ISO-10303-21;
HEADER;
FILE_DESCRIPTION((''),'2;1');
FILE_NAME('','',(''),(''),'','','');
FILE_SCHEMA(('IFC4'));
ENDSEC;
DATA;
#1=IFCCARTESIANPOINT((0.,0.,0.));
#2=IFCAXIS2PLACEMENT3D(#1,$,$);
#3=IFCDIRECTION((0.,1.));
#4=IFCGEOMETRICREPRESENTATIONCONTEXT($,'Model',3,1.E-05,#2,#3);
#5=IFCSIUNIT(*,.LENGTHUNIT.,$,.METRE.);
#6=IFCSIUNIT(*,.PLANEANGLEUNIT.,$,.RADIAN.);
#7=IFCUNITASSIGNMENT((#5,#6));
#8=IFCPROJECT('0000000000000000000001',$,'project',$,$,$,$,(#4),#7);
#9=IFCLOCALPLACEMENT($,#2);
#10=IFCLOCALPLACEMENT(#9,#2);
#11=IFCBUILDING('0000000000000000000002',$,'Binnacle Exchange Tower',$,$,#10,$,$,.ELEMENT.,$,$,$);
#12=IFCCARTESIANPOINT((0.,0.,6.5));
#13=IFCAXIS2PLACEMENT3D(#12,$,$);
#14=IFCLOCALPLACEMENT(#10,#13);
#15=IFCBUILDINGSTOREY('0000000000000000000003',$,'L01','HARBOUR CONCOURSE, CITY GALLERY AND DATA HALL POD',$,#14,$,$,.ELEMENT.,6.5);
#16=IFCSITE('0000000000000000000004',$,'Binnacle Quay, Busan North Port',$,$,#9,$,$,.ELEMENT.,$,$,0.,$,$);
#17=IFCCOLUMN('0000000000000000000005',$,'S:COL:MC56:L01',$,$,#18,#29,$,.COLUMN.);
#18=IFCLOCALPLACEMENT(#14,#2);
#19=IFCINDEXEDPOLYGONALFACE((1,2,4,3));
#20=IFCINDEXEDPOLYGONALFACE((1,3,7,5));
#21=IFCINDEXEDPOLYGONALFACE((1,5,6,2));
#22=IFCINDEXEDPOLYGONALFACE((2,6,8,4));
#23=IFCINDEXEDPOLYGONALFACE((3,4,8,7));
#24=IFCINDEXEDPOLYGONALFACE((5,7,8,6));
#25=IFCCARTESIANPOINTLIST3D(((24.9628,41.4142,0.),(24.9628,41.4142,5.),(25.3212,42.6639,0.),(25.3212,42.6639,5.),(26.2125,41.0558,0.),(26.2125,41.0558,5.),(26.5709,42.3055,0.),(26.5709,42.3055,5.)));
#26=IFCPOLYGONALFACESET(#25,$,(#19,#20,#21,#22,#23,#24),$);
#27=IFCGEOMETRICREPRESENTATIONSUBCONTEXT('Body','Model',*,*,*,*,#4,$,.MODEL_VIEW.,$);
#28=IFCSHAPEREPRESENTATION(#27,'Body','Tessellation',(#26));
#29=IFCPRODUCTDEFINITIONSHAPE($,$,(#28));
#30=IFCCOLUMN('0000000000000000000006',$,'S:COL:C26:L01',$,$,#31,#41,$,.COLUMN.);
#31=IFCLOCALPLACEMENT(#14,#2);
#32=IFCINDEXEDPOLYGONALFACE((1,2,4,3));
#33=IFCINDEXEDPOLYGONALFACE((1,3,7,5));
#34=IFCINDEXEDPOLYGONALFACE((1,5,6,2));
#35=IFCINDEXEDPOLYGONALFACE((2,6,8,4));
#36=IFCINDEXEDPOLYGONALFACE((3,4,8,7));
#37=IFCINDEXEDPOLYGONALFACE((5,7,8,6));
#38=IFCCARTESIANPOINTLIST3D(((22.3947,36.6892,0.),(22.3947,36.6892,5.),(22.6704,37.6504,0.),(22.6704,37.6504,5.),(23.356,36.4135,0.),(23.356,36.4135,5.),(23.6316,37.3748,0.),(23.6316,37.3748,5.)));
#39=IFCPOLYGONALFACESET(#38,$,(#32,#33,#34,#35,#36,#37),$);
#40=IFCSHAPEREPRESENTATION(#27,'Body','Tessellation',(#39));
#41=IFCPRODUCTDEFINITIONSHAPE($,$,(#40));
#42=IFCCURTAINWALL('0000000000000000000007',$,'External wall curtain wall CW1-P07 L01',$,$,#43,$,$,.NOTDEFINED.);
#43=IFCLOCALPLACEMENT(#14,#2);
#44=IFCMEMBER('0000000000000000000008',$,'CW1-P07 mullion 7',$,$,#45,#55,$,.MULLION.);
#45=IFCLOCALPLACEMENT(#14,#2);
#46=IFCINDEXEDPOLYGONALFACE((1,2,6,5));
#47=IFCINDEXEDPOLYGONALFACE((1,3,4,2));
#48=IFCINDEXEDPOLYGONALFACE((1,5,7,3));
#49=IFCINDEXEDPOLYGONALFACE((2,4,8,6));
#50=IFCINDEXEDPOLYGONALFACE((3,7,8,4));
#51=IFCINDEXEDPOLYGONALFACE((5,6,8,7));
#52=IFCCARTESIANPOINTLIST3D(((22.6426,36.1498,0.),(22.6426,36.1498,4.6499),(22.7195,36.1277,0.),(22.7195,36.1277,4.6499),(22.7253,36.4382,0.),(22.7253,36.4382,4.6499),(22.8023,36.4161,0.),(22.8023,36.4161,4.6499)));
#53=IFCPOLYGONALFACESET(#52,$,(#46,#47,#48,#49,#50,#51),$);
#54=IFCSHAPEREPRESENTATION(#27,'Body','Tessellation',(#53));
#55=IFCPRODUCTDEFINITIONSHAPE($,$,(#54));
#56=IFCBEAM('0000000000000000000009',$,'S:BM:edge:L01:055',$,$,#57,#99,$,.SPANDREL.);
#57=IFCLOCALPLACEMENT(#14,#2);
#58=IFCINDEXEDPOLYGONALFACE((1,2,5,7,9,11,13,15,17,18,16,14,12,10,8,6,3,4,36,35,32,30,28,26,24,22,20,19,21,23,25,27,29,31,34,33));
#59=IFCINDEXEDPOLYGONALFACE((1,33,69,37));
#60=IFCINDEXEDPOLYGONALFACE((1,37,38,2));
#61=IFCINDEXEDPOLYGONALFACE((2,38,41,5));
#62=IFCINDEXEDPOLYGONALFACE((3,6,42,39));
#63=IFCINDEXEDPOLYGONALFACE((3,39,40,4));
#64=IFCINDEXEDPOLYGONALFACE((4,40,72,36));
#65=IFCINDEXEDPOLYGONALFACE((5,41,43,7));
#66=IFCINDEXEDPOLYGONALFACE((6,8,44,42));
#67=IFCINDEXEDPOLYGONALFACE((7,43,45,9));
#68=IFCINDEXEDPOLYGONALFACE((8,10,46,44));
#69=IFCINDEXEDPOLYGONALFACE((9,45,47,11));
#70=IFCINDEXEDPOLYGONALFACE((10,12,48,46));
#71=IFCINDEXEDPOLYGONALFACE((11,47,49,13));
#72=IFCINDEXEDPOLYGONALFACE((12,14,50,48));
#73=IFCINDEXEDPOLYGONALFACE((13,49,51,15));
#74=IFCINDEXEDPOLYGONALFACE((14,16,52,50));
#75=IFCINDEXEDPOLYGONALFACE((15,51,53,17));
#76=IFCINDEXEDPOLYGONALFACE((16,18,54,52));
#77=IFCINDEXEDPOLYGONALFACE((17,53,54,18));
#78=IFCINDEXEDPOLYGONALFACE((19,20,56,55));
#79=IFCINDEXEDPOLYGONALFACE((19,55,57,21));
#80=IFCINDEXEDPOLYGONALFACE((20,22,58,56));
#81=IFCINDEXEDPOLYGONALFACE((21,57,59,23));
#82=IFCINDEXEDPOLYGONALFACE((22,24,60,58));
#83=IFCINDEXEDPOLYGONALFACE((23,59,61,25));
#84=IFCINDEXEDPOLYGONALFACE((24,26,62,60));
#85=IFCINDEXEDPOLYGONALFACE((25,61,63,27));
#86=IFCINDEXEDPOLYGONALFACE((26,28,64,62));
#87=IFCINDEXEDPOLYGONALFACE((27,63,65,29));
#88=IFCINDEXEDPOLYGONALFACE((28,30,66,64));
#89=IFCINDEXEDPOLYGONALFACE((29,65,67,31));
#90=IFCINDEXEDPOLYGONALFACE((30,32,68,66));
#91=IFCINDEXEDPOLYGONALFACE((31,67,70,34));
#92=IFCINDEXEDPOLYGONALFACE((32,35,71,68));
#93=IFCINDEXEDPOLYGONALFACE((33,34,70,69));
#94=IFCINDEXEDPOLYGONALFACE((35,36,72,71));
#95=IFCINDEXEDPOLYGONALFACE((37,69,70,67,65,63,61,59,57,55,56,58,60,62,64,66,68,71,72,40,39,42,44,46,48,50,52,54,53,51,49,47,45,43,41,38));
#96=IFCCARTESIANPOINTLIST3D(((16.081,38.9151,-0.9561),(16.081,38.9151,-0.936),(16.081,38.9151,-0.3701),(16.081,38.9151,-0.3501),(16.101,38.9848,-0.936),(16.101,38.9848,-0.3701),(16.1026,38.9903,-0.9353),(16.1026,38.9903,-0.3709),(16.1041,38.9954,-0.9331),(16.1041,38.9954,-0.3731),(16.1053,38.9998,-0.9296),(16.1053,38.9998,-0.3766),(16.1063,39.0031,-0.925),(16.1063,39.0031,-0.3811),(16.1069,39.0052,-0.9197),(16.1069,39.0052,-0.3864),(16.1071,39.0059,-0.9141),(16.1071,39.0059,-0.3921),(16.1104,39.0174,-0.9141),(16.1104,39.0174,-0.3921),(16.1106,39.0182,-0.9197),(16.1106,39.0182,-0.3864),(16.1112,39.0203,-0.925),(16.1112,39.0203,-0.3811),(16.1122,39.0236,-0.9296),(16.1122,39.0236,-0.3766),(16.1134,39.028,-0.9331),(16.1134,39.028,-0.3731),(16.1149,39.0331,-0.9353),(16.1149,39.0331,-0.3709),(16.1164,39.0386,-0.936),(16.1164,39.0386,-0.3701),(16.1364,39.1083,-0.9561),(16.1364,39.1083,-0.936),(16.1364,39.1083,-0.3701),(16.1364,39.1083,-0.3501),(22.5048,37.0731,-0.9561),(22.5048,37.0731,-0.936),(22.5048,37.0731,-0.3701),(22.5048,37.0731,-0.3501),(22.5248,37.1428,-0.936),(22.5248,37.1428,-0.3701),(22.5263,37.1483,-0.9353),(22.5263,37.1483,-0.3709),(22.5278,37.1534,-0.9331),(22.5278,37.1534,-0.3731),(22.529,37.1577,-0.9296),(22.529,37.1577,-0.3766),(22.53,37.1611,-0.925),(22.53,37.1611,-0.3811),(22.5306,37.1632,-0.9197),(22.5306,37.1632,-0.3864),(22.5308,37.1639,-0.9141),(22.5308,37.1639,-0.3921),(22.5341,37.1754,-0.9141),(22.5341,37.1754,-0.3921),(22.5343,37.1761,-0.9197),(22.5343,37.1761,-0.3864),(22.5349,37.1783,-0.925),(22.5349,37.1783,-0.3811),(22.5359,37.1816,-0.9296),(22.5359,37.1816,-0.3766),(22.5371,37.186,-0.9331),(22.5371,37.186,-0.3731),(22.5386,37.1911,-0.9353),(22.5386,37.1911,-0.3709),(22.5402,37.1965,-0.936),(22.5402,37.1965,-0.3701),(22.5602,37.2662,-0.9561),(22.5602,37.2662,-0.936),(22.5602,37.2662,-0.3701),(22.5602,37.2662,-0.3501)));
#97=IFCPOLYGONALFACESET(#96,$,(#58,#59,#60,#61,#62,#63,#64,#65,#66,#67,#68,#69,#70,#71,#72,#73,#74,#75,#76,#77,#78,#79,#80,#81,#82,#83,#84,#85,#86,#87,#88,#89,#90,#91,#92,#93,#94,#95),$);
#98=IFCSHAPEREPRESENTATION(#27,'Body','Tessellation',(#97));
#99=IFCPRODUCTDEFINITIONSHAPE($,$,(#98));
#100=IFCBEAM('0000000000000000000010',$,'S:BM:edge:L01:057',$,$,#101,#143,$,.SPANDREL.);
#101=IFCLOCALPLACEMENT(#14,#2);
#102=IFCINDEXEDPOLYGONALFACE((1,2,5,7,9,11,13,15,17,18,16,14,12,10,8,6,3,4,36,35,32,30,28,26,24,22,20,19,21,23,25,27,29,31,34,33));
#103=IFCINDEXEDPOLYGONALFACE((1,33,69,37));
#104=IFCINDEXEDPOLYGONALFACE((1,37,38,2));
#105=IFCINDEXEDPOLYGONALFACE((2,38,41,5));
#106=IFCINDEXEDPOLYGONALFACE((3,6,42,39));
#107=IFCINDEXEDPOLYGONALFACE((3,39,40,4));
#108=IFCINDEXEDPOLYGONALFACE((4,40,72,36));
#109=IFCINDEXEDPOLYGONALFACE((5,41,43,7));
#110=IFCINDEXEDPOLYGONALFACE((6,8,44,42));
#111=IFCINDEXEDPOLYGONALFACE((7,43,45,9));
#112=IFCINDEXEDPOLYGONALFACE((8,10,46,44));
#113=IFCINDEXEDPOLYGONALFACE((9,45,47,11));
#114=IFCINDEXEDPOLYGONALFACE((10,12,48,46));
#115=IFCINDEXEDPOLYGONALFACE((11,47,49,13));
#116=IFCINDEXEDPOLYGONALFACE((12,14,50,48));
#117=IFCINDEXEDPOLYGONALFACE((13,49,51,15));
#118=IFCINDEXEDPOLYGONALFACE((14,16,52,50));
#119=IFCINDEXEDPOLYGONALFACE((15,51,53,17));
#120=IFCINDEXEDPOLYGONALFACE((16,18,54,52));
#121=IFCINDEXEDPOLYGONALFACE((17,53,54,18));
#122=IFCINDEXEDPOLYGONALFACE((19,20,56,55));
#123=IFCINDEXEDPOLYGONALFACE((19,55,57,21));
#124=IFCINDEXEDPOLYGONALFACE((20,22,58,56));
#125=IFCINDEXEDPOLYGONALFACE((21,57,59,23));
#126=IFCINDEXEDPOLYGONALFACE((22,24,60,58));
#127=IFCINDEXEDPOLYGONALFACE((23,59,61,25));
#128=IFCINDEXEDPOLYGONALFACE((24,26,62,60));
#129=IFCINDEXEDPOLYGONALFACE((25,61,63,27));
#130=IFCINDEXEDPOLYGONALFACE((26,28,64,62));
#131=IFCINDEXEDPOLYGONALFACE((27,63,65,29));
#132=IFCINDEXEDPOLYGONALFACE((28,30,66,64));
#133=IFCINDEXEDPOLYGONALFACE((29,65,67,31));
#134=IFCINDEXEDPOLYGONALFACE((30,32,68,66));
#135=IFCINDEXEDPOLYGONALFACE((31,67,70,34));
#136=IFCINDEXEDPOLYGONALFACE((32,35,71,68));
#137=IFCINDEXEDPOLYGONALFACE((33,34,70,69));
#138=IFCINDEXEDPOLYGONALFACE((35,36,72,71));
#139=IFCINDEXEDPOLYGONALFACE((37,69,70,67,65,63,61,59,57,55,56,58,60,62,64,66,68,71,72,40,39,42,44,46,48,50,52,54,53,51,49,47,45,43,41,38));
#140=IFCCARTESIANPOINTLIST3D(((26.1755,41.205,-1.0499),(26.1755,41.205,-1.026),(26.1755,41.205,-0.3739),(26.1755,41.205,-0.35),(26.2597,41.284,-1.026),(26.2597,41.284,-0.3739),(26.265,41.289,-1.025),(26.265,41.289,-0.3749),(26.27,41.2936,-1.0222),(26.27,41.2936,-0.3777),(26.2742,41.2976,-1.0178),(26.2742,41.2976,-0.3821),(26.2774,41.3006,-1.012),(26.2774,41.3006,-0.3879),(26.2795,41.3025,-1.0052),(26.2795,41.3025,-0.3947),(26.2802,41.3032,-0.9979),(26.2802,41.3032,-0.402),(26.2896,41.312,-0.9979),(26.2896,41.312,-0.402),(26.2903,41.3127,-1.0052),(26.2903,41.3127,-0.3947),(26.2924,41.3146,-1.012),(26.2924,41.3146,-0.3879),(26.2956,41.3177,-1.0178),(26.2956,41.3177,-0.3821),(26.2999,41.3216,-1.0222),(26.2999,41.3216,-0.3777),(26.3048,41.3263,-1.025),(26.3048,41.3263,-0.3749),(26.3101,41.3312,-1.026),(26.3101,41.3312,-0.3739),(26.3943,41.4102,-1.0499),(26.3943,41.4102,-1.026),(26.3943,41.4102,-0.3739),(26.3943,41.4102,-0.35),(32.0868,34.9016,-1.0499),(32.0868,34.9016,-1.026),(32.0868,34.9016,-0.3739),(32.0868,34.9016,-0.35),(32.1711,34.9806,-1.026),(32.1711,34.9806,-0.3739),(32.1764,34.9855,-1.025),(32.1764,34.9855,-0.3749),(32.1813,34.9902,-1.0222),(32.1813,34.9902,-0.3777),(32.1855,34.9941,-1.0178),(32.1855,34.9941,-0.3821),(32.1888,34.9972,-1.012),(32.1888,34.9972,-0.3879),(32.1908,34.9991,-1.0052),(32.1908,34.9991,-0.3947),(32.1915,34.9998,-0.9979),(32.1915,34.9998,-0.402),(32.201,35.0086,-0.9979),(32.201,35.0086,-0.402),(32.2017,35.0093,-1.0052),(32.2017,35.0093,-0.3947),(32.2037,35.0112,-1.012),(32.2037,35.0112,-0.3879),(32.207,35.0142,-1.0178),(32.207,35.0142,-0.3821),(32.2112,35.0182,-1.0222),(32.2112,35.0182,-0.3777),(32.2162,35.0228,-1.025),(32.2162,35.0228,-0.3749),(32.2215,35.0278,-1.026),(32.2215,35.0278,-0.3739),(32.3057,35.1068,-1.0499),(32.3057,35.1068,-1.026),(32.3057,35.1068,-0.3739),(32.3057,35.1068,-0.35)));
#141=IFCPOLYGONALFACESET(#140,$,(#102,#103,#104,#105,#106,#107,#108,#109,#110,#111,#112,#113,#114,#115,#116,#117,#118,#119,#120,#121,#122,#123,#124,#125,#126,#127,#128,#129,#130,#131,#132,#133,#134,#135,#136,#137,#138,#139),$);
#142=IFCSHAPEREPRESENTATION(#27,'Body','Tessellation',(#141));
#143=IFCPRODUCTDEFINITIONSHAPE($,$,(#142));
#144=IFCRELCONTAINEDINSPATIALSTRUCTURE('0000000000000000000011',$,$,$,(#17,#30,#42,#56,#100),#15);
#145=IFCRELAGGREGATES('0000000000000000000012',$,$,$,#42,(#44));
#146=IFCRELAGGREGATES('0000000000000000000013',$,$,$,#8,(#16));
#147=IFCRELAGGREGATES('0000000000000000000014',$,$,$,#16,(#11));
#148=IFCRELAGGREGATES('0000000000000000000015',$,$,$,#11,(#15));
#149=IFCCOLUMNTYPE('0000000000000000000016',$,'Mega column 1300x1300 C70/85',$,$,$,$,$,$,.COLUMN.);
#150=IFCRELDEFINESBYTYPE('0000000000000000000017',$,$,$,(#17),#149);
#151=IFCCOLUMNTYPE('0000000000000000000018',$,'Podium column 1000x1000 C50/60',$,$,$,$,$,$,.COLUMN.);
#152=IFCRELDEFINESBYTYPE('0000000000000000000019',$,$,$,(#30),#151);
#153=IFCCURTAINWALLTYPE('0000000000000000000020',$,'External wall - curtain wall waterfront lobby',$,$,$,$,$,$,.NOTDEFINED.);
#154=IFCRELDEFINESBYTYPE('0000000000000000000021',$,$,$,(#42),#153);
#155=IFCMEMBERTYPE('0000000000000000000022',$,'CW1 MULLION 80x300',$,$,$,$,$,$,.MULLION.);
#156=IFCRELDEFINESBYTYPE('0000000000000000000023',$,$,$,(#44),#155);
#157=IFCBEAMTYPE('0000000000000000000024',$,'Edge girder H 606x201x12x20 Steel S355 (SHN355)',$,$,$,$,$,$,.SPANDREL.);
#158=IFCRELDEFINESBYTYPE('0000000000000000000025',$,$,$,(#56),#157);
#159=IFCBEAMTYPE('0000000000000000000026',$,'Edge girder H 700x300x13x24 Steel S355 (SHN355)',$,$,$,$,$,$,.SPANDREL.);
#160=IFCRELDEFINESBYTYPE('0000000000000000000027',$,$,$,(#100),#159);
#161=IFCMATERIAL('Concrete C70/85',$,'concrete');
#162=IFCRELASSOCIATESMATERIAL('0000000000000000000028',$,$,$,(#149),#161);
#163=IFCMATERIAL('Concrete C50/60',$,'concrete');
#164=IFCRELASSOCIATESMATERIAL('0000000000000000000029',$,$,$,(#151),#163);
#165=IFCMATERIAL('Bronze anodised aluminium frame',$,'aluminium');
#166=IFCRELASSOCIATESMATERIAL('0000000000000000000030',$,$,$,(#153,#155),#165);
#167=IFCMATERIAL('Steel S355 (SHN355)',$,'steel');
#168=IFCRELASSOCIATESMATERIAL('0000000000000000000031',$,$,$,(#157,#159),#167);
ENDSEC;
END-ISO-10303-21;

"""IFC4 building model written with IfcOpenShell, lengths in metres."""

from ifc_helpers import new_model, si_unit, direction, frame, origin, origin_2d, place, context, subcontext, project, spatial, rectangle, i_section, extrude, material, material_profile, profile_set, type_object, element, aggregate, save


model = new_model("IFC4")

# Units and contexts
model_context = context("Model", 3, precision=1e-05, world=origin(), true_north=direction((0.0, 1.0)))
body_context = subcontext(model_context, "Body", "Model", "MODEL_VIEW")
ifc_project = project(units=[si_unit("LENGTHUNIT", "METRE"), si_unit("PLANEANGLEUNIT", "RADIAN")], contexts=[model_context])

# Site, building, storey
site_placement = place(None, origin())
site = spatial("IfcSite", under=ifc_project, at=site_placement, Name="Binnacle Quay, Busan North Port", CompositionType="ELEMENT", RefElevation=0.0)
building_placement = place(site_placement, origin())
building = spatial("IfcBuilding", under=site, at=building_placement, Name="Binnacle Exchange Tower", CompositionType="ELEMENT")
storey_placement = place(building_placement, frame((0.0, 0.0, 6.5)))
storey = spatial("IfcBuildingStorey", under=building, at=storey_placement, Name="L01", Description="HARBOUR CONCOURSE, CITY GALLERY AND DATA HALL POD", CompositionType="ELEMENT", Elevation=6.5)

# Columns
ifc_material_1 = material(Name="Concrete C70/85", Category="concrete")
ifc_material_profile_1 = material_profile(ifc_material_1, rectangle(XDim=1.3, YDim=1.3, at=origin_2d()), Name="Mega column 1300x1300 C70/85")
ifc_profile_set_1 = profile_set([ifc_material_profile_1], Name="Concrete C70/85")
column_type_1 = type_object("IfcColumnType", Name="Mega column 1300x1300 C70/85", PredefinedType="COLUMN", material=ifc_profile_set_1)
column_1_placement = place(storey_placement, frame((25.7668, 41.8599, 0.0), z_axis=(0.0, 0.0, 1.0), x_axis=(0.961262, -0.275637, 0.0)))
element("IfcColumn", 1, at=column_1_placement, inside=storey, type_object=column_type_1, Name="S:COL:MC56:L01", PredefinedType="COLUMN", context=body_context, shape_type="SweptSolid", body=[
    extrude(rectangle(XDim=1.3, YDim=1.3, at=origin_2d()), origin(), (0.0, 0.0, 1.0), 5.0),
])
ifc_material_2 = material(Name="Concrete C50/60", Category="concrete")
ifc_material_profile_2 = material_profile(ifc_material_2, rectangle(XDim=1.0, YDim=1.0, at=origin_2d()), Name="Podium column 1000x1000 C50/60")
ifc_profile_set_2 = profile_set([ifc_material_profile_2], Name="Concrete C50/60")
column_type_2 = type_object("IfcColumnType", Name="Podium column 1000x1000 C50/60", PredefinedType="COLUMN", material=ifc_profile_set_2)
column_2_placement = place(storey_placement, frame((23.0132, 37.032, 0.0), z_axis=(0.0, 0.0, 1.0), x_axis=(0.961262, -0.275637, 0.0)))
element("IfcColumn", 2, at=column_2_placement, inside=storey, type_object=column_type_2, Name="S:COL:C26:L01", PredefinedType="COLUMN", context=body_context, shape_type="SweptSolid", body=[
    extrude(rectangle(XDim=1.0, YDim=1.0, at=origin_2d()), origin(), (0.0, 0.0, 1.0), 5.0),
])

# Curtain wall, member
ifc_material_3 = material(Name="Bronze anodised aluminium frame", Category="aluminium")
curtain_wall_type = type_object("IfcCurtainWallType", Name="External wall - curtain wall waterfront lobby", PredefinedType="NOTDEFINED", material=ifc_material_3)
curtain_wall_placement = place(storey_placement, origin())
curtain_wall = element("IfcCurtainWall", 3, at=curtain_wall_placement, inside=storey, type_object=curtain_wall_type, Name="External wall curtain wall CW1-P07 L01", PredefinedType="NOTDEFINED")
ifc_material_profile_3 = material_profile(ifc_material_3, rectangle(XDim=0.3, YDim=0.0801, at=origin_2d()), Name="AL 80x300")
ifc_profile_set_3 = profile_set([ifc_material_profile_3], Name="Bronze anodised aluminium frame")
member_type = type_object("IfcMemberType", Name="CW1 MULLION 80x300", PredefinedType="MULLION", material=ifc_profile_set_3)
member_placement = place(storey_placement, frame((22.7224, 36.283, 0.0), z_axis=(0.0, 0.0, 1.0), x_axis=(0.275637, 0.961262, 0.0)))
member = element("IfcMember", 4, at=member_placement, type_object=member_type, Name="CW1-P07 mullion 7", PredefinedType="MULLION", context=body_context, shape_type="SweptSolid", body=[
    extrude(rectangle(XDim=0.3, YDim=0.0801, at=origin_2d()), origin(), (0.0, 0.0, 1.0), 4.6499),
])

# Beams
ifc_material_4 = material(Name="Steel S355 (SHN355)", Category="steel")
ifc_material_profile_4 = material_profile(ifc_material_4, i_section(OverallWidth=0.2009, OverallDepth=0.606, WebThickness=0.012, FlangeThickness=0.02, FilletRadius=0.022, at=origin_2d()), Name="H 606x201x12x20")
ifc_profile_set_4 = profile_set([ifc_material_profile_4], Name="Steel S355 (SHN355)")
beam_type_1 = type_object("IfcBeamType", Name="Edge girder H 606x201x12x20 Steel S355 (SHN355)", PredefinedType="SPANDREL", material=ifc_profile_set_4)
beam_1_placement = place(storey_placement, frame((22.5325, 37.1697, -0.6531), z_axis=(-0.96126, 0.275643, 0.0), x_axis=(-0.275643, -0.96126, 0.0)))
element("IfcBeam", 5, at=beam_1_placement, inside=storey, type_object=beam_type_1, Name="S:BM:edge:L01:055", PredefinedType="SPANDREL", context=body_context, shape_type="SweptSolid", body=[
    extrude(i_section(OverallWidth=0.2009, OverallDepth=0.606, WebThickness=0.012, FlangeThickness=0.02, FilletRadius=0.022, at=origin_2d()), origin(), (0.0, 0.0, 1.0), 6.6826),
])
ifc_material_profile_5 = material_profile(ifc_material_4, i_section(OverallWidth=0.3, OverallDepth=0.7, WebThickness=0.0129, FlangeThickness=0.0239, FilletRadius=0.0281, at=origin_2d()), Name="H 700x300x13x24")
ifc_profile_set_5 = profile_set([ifc_material_profile_5], Name="Steel S355 (SHN355)")
beam_type_2 = type_object("IfcBeamType", Name="Edge girder H 700x300x13x24 Steel S355 (SHN355)", PredefinedType="SPANDREL", material=ifc_profile_set_5)
beam_2_placement = place(storey_placement, frame((26.2849, 41.3076, -0.7), z_axis=(0.684057, -0.729429, 0.0), x_axis=(0.729429, 0.684057, 0.0)))
element("IfcBeam", 6, at=beam_2_placement, inside=storey, type_object=beam_type_2, Name="S:BM:edge:L01:057", PredefinedType="SPANDREL", context=body_context, shape_type="SweptSolid", body=[
    extrude(i_section(OverallWidth=0.3, OverallDepth=0.7, WebThickness=0.0129, FlangeThickness=0.0239, FilletRadius=0.0281, at=origin_2d()), origin(), (0.0, 0.0, 1.0), 8.6416),
])

aggregate(curtain_wall, [member])

save(model, "model.ifc")
